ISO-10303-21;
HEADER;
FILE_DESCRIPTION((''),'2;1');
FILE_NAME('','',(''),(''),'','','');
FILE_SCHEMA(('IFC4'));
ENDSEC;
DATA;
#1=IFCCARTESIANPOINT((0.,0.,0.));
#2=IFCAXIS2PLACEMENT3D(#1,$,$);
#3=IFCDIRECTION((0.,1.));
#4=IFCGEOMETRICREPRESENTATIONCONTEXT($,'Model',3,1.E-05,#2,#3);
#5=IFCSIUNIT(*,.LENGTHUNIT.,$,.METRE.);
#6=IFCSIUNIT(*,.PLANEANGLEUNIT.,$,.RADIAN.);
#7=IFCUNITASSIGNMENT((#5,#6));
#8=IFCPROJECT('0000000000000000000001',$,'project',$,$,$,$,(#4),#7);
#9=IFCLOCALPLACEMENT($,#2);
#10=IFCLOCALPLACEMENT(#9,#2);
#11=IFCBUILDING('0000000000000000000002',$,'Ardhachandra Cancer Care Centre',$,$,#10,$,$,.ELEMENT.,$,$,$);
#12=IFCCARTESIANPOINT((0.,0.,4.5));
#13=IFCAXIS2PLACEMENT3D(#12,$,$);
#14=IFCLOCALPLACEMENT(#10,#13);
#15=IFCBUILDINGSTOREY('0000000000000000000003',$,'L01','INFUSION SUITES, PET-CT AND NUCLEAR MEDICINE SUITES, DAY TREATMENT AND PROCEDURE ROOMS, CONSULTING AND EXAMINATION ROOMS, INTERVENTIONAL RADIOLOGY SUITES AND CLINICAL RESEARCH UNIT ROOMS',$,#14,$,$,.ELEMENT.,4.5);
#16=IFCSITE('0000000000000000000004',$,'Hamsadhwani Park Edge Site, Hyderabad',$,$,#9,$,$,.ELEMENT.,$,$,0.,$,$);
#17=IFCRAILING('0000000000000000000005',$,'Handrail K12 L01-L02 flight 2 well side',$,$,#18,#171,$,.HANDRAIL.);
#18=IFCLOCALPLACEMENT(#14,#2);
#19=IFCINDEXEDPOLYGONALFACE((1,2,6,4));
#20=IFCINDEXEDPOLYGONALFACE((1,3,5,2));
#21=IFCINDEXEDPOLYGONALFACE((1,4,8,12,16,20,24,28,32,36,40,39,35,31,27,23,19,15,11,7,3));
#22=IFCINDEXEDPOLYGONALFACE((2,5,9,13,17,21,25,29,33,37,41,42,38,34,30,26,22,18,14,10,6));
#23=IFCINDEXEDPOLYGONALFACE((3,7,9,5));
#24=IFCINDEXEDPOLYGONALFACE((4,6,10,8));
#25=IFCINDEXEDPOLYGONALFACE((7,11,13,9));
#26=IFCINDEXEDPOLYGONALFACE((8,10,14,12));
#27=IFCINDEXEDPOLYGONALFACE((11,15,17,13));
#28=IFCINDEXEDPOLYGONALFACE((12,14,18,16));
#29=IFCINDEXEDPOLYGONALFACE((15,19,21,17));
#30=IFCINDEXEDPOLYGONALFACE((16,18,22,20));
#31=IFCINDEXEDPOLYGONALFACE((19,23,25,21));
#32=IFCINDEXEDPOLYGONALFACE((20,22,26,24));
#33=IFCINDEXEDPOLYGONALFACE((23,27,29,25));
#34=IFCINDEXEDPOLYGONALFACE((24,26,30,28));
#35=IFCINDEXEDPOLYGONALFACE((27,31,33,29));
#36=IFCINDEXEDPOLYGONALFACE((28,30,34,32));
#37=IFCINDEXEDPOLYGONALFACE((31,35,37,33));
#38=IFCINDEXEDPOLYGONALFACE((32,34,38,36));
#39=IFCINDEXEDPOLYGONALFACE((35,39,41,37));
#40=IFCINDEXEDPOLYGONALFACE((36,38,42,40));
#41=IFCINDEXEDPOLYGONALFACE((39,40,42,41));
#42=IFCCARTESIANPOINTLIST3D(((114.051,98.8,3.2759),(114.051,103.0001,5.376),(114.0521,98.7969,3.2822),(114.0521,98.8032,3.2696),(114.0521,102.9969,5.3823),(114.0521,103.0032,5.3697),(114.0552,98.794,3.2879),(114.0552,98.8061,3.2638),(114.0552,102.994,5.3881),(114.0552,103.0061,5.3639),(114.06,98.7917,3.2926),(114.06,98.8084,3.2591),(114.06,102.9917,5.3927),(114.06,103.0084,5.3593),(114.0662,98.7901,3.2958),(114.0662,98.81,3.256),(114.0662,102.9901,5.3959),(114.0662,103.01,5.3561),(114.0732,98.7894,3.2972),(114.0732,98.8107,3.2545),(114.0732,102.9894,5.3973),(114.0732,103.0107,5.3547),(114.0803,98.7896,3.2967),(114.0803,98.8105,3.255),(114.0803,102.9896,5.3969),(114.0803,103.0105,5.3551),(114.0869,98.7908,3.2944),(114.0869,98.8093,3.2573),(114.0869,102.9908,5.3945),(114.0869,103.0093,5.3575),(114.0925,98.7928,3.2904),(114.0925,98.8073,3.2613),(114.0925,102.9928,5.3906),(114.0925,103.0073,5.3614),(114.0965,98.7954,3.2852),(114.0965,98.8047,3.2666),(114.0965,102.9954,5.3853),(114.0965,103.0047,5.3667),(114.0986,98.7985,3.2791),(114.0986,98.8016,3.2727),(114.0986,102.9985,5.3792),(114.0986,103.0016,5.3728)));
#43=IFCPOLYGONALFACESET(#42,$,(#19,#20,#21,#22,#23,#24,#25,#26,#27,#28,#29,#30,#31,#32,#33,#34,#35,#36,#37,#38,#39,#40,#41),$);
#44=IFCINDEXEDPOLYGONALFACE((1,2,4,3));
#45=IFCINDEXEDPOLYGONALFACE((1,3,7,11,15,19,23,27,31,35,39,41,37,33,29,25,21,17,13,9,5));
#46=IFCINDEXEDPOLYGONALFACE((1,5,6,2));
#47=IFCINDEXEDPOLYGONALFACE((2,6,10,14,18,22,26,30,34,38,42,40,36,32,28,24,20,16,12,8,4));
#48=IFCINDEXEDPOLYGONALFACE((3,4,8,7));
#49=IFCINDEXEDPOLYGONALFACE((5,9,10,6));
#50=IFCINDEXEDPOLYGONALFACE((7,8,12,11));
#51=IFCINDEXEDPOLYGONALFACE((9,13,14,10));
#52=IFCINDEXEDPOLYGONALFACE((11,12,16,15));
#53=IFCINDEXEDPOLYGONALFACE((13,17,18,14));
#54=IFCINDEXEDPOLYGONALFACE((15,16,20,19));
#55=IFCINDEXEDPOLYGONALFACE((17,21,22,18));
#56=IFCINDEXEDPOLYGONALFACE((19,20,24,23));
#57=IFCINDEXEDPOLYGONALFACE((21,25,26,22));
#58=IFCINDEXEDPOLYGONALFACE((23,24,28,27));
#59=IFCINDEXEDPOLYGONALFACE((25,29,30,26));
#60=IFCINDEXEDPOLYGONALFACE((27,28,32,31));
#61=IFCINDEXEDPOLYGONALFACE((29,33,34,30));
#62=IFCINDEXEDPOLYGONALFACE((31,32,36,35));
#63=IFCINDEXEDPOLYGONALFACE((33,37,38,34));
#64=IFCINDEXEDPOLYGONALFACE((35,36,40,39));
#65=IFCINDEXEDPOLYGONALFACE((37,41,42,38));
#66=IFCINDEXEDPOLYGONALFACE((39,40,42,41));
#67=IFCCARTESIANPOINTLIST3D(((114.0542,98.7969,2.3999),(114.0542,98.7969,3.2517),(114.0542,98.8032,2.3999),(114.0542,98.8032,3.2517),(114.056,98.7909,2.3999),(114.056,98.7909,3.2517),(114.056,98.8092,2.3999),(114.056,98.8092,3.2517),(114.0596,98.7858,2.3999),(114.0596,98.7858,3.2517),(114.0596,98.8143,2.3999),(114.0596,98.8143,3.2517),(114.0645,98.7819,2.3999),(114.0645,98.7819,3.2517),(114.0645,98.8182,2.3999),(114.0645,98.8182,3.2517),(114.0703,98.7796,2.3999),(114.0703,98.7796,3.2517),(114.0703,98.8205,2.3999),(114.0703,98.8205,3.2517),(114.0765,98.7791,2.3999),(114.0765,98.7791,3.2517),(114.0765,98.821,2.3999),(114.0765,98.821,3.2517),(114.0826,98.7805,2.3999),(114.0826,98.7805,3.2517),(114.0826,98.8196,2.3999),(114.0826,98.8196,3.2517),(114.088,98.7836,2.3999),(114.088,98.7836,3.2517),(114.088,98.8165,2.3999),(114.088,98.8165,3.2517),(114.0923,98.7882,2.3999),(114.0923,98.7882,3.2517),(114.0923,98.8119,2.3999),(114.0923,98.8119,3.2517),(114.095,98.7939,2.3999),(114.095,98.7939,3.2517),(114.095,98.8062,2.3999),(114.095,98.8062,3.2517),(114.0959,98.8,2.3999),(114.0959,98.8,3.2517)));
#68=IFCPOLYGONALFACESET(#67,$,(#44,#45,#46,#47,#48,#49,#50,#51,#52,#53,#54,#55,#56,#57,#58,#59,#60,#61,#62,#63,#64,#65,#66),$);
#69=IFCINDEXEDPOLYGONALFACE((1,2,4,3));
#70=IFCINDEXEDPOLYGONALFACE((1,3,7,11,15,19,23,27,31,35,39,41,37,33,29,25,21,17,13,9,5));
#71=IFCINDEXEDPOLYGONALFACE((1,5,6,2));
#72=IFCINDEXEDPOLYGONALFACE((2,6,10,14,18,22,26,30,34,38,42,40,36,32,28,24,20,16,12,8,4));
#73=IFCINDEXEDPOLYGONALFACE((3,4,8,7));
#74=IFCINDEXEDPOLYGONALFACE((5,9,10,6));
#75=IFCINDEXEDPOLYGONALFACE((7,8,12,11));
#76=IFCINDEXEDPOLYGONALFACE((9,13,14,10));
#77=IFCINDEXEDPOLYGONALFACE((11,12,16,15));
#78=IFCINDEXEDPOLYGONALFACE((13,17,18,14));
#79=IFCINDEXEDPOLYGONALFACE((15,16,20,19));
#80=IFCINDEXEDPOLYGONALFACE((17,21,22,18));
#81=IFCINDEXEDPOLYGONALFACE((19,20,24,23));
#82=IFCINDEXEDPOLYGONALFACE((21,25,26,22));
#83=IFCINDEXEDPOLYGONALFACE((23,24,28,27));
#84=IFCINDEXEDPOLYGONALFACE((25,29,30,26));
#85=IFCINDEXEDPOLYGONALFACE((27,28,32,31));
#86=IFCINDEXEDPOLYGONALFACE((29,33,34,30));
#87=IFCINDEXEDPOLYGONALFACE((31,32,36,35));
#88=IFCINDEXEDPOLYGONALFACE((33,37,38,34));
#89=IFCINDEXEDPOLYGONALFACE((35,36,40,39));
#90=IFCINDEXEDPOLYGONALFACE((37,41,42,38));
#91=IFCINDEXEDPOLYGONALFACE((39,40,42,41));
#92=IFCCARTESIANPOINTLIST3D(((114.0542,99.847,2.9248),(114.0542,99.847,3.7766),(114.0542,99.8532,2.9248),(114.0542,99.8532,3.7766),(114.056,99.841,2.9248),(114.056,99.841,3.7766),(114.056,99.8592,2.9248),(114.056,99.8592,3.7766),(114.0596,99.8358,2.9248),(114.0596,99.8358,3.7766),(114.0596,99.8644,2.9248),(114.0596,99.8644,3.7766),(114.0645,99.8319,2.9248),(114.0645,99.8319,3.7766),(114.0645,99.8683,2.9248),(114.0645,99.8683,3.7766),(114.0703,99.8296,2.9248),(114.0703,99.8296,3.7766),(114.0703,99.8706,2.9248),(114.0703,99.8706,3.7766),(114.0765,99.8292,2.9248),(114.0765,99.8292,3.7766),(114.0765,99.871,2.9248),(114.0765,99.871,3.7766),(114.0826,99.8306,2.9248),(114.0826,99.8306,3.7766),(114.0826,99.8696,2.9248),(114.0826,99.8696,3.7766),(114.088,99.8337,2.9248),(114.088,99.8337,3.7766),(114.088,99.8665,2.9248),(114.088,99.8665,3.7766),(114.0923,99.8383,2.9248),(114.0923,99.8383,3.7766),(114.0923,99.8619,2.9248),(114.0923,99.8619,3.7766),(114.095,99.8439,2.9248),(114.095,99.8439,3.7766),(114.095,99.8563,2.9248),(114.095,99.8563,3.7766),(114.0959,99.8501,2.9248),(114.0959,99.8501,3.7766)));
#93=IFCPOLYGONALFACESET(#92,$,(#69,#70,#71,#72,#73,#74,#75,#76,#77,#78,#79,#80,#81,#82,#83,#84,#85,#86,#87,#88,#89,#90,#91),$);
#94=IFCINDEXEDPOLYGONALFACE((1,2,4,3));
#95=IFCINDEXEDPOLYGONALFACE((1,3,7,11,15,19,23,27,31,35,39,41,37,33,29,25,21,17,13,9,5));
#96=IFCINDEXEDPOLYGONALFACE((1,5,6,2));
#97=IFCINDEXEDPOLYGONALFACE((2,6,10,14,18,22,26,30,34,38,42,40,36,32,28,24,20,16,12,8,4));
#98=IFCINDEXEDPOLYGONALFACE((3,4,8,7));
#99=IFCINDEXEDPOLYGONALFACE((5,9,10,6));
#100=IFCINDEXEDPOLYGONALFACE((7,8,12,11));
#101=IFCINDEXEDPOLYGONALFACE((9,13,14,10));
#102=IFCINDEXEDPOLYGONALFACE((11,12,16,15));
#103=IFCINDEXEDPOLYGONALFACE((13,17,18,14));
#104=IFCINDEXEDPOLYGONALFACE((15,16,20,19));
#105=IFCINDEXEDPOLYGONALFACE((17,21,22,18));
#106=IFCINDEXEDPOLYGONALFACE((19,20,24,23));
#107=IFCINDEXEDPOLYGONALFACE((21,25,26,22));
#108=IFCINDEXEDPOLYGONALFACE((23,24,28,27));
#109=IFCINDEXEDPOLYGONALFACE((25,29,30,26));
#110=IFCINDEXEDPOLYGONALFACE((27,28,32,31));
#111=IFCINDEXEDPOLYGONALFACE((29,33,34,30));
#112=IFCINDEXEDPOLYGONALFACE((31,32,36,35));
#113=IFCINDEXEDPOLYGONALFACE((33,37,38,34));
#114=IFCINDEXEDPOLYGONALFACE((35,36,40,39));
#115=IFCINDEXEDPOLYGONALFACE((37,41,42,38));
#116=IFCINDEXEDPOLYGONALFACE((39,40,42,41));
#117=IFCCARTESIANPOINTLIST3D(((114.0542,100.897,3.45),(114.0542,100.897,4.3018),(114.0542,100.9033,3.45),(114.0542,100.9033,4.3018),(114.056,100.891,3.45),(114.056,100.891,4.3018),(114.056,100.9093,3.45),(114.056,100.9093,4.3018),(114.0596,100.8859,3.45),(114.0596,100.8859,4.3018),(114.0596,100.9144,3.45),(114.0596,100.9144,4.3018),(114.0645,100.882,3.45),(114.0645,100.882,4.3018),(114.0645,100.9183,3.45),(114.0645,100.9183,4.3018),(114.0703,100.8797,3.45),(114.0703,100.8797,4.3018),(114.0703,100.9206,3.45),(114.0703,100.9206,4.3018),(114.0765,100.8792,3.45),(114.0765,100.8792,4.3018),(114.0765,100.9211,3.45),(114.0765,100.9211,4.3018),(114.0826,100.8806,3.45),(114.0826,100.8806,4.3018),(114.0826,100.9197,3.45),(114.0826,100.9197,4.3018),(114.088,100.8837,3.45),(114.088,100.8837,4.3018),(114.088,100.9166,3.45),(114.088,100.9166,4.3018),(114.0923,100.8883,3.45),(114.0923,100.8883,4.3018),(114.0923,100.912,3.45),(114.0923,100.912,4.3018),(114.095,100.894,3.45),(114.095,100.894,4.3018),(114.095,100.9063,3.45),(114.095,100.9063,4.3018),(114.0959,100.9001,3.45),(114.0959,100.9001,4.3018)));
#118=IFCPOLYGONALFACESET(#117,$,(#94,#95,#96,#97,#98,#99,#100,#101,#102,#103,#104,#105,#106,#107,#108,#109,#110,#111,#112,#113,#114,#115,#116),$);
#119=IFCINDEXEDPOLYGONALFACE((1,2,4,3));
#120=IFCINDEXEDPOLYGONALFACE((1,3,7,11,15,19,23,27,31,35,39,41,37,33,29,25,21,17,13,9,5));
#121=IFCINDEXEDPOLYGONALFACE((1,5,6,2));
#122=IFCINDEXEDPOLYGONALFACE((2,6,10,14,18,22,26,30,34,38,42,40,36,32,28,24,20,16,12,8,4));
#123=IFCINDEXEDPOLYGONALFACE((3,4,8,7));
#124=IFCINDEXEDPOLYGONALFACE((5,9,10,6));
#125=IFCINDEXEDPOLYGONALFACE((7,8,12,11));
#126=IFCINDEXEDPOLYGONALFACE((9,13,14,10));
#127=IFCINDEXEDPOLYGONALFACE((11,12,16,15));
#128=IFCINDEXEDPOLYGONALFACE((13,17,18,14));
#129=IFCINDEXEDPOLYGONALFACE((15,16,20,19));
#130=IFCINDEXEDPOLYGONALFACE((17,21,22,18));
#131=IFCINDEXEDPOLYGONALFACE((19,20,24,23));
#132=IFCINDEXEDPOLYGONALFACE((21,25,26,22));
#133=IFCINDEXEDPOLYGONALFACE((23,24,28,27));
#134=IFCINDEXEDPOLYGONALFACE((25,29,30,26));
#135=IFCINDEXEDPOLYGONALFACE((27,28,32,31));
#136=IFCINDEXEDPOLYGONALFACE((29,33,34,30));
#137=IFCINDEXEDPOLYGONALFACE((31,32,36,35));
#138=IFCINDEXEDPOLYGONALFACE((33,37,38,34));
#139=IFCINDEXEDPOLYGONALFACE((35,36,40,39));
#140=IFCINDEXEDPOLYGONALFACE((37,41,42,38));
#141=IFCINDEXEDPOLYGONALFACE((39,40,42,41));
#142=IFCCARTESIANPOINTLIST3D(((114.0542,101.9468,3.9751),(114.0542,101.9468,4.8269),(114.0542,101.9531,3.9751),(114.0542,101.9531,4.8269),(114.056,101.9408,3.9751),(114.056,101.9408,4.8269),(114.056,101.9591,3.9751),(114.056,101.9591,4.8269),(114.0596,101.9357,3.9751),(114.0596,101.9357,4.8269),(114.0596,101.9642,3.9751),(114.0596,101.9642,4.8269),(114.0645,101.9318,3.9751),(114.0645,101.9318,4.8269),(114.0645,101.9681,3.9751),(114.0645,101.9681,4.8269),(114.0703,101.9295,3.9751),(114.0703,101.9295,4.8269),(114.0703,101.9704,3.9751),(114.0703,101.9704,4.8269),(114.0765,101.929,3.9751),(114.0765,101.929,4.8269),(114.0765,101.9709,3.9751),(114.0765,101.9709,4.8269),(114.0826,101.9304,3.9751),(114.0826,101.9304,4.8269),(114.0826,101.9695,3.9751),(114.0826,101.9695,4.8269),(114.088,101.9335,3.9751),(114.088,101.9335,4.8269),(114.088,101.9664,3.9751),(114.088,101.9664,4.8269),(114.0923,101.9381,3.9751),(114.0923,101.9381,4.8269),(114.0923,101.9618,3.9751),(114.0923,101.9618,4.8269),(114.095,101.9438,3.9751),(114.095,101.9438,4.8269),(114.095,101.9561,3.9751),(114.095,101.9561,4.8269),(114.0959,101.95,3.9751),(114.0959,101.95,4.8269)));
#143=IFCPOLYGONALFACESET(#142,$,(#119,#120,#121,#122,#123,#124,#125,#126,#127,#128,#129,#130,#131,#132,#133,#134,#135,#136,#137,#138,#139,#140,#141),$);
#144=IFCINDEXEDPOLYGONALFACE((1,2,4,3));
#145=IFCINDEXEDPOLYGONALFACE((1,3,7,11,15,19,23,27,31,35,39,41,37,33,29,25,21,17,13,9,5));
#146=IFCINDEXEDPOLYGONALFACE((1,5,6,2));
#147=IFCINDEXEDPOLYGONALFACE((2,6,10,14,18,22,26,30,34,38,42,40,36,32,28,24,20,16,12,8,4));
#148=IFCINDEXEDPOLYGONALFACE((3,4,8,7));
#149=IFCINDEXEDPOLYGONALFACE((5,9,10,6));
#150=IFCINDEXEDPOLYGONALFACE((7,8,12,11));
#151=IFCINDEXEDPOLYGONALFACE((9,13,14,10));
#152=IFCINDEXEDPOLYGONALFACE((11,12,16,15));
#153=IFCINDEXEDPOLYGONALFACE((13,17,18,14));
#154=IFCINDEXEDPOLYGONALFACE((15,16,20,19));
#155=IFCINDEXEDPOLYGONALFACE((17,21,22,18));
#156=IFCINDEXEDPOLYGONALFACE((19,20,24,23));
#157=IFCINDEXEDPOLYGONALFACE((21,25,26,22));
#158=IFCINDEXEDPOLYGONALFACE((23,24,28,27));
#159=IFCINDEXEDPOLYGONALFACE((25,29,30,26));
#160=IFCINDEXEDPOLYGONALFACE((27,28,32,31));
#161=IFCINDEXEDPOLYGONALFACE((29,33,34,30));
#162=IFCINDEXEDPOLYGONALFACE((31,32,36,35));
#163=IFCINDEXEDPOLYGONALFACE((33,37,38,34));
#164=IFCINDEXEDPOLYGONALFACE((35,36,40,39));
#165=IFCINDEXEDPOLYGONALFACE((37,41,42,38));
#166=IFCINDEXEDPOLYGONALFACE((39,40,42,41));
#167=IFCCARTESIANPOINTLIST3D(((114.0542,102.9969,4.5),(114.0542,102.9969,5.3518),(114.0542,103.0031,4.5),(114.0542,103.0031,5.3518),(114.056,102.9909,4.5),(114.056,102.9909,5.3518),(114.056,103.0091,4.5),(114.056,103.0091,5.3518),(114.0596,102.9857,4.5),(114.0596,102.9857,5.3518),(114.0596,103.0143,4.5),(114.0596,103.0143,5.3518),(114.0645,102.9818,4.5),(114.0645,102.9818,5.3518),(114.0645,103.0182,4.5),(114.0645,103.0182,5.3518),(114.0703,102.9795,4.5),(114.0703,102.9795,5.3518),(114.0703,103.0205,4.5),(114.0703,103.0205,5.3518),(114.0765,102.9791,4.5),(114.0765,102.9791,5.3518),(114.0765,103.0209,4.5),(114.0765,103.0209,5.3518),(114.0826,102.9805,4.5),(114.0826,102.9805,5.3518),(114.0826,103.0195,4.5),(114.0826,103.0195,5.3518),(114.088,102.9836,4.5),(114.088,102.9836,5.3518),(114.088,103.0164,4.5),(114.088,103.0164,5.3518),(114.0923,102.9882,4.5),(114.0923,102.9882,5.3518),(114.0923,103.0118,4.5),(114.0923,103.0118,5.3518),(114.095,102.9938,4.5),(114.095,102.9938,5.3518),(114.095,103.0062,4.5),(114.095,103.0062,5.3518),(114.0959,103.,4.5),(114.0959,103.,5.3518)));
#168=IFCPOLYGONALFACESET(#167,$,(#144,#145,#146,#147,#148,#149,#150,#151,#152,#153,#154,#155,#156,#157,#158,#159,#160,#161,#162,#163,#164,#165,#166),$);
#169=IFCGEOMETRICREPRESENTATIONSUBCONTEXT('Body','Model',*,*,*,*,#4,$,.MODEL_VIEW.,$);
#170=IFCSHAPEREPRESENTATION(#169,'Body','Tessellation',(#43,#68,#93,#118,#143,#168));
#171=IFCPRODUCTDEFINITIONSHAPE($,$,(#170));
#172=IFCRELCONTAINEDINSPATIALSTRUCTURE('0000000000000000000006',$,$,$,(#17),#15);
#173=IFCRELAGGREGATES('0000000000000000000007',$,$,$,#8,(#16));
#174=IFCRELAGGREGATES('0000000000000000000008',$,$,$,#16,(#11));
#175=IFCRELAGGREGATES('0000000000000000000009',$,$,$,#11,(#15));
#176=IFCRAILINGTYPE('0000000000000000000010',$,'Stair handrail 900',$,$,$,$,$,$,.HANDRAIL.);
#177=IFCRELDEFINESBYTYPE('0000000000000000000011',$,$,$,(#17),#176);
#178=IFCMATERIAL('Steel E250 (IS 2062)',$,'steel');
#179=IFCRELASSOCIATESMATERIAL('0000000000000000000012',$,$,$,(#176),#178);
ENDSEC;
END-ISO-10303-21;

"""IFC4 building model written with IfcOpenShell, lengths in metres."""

from ifc_helpers import new_model, si_unit, direction, frame, origin, origin_2d, place, context, subcontext, project, spatial, circle, extrude, material, type_object, element, save


model = new_model("IFC4")

# Units and contexts
model_context = context("Model", 3, precision=1e-05, world=origin(), true_north=direction((0.0, 1.0)))
body_context = subcontext(model_context, "Body", "Model", "MODEL_VIEW")
ifc_project = project(units=[si_unit("LENGTHUNIT", "METRE"), si_unit("PLANEANGLEUNIT", "RADIAN")], contexts=[model_context])

# Site, building, storey
site_placement = place(None, origin())
site = spatial("IfcSite", under=ifc_project, at=site_placement, Name="Hamsadhwani Park Edge Site, Hyderabad", CompositionType="ELEMENT", RefElevation=0.0)
building_placement = place(site_placement, origin())
building = spatial("IfcBuilding", under=site, at=building_placement, Name="Ardhachandra Cancer Care Centre", CompositionType="ELEMENT")
storey_placement = place(building_placement, frame((0.0, 0.0, 4.5)))
storey = spatial("IfcBuildingStorey", under=building, at=storey_placement, Name="L01", Description="INFUSION SUITES, PET-CT AND NUCLEAR MEDICINE SUITES, DAY TREATMENT AND PROCEDURE ROOMS, CONSULTING AND EXAMINATION ROOMS, INTERVENTIONAL RADIOLOGY SUITES AND CLINICAL RESEARCH UNIT ROOMS", CompositionType="ELEMENT", Elevation=4.5)

# Railing
ifc_material_1 = material(Name="Steel E250 (IS 2062)", Category="steel")
railing_type = type_object("IfcRailingType", Name="Stair handrail 900", PredefinedType="HANDRAIL", material=ifc_material_1)
railing_placement = place(storey_placement, frame((114.075, 98.8, 2.3999)))
element("IfcRailing", 1, at=railing_placement, inside=storey, type_object=railing_type, Name="Handrail K12 L01-L02 flight 2 well side", PredefinedType="HANDRAIL", context=body_context, shape_type="SweptSolid", body=[
    extrude(circle(Radius=0.0239, at=origin_2d()), frame((0.0, 0.0, 0.876), z_axis=(0.0, 0.894417, 0.447234), x_axis=(-1.0, 0.0, 0.0)), (0.0, 0.0, 1.0), 4.6958),
    extrude(circle(Radius=0.021, at=origin_2d()), origin(), (0.0, 0.0, 1.0), 0.8518),
    extrude(circle(Radius=0.021, at=origin_2d()), frame((0.0, 1.05, 0.5249)), (0.0, 0.0, 1.0), 0.8518),
    extrude(circle(Radius=0.021, at=origin_2d()), frame((0.0, 2.1001, 1.05)), (0.0, 0.0, 1.0), 0.8518),
    extrude(circle(Radius=0.021, at=origin_2d()), frame((0.0, 3.1499, 1.5752)), (0.0, 0.0, 1.0), 0.8518),
    extrude(circle(Radius=0.021, at=origin_2d()), frame((0.0, 4.2, 2.1001)), (0.0, 0.0, 1.0), 0.8518),
])

save(model, "model.ifc")
